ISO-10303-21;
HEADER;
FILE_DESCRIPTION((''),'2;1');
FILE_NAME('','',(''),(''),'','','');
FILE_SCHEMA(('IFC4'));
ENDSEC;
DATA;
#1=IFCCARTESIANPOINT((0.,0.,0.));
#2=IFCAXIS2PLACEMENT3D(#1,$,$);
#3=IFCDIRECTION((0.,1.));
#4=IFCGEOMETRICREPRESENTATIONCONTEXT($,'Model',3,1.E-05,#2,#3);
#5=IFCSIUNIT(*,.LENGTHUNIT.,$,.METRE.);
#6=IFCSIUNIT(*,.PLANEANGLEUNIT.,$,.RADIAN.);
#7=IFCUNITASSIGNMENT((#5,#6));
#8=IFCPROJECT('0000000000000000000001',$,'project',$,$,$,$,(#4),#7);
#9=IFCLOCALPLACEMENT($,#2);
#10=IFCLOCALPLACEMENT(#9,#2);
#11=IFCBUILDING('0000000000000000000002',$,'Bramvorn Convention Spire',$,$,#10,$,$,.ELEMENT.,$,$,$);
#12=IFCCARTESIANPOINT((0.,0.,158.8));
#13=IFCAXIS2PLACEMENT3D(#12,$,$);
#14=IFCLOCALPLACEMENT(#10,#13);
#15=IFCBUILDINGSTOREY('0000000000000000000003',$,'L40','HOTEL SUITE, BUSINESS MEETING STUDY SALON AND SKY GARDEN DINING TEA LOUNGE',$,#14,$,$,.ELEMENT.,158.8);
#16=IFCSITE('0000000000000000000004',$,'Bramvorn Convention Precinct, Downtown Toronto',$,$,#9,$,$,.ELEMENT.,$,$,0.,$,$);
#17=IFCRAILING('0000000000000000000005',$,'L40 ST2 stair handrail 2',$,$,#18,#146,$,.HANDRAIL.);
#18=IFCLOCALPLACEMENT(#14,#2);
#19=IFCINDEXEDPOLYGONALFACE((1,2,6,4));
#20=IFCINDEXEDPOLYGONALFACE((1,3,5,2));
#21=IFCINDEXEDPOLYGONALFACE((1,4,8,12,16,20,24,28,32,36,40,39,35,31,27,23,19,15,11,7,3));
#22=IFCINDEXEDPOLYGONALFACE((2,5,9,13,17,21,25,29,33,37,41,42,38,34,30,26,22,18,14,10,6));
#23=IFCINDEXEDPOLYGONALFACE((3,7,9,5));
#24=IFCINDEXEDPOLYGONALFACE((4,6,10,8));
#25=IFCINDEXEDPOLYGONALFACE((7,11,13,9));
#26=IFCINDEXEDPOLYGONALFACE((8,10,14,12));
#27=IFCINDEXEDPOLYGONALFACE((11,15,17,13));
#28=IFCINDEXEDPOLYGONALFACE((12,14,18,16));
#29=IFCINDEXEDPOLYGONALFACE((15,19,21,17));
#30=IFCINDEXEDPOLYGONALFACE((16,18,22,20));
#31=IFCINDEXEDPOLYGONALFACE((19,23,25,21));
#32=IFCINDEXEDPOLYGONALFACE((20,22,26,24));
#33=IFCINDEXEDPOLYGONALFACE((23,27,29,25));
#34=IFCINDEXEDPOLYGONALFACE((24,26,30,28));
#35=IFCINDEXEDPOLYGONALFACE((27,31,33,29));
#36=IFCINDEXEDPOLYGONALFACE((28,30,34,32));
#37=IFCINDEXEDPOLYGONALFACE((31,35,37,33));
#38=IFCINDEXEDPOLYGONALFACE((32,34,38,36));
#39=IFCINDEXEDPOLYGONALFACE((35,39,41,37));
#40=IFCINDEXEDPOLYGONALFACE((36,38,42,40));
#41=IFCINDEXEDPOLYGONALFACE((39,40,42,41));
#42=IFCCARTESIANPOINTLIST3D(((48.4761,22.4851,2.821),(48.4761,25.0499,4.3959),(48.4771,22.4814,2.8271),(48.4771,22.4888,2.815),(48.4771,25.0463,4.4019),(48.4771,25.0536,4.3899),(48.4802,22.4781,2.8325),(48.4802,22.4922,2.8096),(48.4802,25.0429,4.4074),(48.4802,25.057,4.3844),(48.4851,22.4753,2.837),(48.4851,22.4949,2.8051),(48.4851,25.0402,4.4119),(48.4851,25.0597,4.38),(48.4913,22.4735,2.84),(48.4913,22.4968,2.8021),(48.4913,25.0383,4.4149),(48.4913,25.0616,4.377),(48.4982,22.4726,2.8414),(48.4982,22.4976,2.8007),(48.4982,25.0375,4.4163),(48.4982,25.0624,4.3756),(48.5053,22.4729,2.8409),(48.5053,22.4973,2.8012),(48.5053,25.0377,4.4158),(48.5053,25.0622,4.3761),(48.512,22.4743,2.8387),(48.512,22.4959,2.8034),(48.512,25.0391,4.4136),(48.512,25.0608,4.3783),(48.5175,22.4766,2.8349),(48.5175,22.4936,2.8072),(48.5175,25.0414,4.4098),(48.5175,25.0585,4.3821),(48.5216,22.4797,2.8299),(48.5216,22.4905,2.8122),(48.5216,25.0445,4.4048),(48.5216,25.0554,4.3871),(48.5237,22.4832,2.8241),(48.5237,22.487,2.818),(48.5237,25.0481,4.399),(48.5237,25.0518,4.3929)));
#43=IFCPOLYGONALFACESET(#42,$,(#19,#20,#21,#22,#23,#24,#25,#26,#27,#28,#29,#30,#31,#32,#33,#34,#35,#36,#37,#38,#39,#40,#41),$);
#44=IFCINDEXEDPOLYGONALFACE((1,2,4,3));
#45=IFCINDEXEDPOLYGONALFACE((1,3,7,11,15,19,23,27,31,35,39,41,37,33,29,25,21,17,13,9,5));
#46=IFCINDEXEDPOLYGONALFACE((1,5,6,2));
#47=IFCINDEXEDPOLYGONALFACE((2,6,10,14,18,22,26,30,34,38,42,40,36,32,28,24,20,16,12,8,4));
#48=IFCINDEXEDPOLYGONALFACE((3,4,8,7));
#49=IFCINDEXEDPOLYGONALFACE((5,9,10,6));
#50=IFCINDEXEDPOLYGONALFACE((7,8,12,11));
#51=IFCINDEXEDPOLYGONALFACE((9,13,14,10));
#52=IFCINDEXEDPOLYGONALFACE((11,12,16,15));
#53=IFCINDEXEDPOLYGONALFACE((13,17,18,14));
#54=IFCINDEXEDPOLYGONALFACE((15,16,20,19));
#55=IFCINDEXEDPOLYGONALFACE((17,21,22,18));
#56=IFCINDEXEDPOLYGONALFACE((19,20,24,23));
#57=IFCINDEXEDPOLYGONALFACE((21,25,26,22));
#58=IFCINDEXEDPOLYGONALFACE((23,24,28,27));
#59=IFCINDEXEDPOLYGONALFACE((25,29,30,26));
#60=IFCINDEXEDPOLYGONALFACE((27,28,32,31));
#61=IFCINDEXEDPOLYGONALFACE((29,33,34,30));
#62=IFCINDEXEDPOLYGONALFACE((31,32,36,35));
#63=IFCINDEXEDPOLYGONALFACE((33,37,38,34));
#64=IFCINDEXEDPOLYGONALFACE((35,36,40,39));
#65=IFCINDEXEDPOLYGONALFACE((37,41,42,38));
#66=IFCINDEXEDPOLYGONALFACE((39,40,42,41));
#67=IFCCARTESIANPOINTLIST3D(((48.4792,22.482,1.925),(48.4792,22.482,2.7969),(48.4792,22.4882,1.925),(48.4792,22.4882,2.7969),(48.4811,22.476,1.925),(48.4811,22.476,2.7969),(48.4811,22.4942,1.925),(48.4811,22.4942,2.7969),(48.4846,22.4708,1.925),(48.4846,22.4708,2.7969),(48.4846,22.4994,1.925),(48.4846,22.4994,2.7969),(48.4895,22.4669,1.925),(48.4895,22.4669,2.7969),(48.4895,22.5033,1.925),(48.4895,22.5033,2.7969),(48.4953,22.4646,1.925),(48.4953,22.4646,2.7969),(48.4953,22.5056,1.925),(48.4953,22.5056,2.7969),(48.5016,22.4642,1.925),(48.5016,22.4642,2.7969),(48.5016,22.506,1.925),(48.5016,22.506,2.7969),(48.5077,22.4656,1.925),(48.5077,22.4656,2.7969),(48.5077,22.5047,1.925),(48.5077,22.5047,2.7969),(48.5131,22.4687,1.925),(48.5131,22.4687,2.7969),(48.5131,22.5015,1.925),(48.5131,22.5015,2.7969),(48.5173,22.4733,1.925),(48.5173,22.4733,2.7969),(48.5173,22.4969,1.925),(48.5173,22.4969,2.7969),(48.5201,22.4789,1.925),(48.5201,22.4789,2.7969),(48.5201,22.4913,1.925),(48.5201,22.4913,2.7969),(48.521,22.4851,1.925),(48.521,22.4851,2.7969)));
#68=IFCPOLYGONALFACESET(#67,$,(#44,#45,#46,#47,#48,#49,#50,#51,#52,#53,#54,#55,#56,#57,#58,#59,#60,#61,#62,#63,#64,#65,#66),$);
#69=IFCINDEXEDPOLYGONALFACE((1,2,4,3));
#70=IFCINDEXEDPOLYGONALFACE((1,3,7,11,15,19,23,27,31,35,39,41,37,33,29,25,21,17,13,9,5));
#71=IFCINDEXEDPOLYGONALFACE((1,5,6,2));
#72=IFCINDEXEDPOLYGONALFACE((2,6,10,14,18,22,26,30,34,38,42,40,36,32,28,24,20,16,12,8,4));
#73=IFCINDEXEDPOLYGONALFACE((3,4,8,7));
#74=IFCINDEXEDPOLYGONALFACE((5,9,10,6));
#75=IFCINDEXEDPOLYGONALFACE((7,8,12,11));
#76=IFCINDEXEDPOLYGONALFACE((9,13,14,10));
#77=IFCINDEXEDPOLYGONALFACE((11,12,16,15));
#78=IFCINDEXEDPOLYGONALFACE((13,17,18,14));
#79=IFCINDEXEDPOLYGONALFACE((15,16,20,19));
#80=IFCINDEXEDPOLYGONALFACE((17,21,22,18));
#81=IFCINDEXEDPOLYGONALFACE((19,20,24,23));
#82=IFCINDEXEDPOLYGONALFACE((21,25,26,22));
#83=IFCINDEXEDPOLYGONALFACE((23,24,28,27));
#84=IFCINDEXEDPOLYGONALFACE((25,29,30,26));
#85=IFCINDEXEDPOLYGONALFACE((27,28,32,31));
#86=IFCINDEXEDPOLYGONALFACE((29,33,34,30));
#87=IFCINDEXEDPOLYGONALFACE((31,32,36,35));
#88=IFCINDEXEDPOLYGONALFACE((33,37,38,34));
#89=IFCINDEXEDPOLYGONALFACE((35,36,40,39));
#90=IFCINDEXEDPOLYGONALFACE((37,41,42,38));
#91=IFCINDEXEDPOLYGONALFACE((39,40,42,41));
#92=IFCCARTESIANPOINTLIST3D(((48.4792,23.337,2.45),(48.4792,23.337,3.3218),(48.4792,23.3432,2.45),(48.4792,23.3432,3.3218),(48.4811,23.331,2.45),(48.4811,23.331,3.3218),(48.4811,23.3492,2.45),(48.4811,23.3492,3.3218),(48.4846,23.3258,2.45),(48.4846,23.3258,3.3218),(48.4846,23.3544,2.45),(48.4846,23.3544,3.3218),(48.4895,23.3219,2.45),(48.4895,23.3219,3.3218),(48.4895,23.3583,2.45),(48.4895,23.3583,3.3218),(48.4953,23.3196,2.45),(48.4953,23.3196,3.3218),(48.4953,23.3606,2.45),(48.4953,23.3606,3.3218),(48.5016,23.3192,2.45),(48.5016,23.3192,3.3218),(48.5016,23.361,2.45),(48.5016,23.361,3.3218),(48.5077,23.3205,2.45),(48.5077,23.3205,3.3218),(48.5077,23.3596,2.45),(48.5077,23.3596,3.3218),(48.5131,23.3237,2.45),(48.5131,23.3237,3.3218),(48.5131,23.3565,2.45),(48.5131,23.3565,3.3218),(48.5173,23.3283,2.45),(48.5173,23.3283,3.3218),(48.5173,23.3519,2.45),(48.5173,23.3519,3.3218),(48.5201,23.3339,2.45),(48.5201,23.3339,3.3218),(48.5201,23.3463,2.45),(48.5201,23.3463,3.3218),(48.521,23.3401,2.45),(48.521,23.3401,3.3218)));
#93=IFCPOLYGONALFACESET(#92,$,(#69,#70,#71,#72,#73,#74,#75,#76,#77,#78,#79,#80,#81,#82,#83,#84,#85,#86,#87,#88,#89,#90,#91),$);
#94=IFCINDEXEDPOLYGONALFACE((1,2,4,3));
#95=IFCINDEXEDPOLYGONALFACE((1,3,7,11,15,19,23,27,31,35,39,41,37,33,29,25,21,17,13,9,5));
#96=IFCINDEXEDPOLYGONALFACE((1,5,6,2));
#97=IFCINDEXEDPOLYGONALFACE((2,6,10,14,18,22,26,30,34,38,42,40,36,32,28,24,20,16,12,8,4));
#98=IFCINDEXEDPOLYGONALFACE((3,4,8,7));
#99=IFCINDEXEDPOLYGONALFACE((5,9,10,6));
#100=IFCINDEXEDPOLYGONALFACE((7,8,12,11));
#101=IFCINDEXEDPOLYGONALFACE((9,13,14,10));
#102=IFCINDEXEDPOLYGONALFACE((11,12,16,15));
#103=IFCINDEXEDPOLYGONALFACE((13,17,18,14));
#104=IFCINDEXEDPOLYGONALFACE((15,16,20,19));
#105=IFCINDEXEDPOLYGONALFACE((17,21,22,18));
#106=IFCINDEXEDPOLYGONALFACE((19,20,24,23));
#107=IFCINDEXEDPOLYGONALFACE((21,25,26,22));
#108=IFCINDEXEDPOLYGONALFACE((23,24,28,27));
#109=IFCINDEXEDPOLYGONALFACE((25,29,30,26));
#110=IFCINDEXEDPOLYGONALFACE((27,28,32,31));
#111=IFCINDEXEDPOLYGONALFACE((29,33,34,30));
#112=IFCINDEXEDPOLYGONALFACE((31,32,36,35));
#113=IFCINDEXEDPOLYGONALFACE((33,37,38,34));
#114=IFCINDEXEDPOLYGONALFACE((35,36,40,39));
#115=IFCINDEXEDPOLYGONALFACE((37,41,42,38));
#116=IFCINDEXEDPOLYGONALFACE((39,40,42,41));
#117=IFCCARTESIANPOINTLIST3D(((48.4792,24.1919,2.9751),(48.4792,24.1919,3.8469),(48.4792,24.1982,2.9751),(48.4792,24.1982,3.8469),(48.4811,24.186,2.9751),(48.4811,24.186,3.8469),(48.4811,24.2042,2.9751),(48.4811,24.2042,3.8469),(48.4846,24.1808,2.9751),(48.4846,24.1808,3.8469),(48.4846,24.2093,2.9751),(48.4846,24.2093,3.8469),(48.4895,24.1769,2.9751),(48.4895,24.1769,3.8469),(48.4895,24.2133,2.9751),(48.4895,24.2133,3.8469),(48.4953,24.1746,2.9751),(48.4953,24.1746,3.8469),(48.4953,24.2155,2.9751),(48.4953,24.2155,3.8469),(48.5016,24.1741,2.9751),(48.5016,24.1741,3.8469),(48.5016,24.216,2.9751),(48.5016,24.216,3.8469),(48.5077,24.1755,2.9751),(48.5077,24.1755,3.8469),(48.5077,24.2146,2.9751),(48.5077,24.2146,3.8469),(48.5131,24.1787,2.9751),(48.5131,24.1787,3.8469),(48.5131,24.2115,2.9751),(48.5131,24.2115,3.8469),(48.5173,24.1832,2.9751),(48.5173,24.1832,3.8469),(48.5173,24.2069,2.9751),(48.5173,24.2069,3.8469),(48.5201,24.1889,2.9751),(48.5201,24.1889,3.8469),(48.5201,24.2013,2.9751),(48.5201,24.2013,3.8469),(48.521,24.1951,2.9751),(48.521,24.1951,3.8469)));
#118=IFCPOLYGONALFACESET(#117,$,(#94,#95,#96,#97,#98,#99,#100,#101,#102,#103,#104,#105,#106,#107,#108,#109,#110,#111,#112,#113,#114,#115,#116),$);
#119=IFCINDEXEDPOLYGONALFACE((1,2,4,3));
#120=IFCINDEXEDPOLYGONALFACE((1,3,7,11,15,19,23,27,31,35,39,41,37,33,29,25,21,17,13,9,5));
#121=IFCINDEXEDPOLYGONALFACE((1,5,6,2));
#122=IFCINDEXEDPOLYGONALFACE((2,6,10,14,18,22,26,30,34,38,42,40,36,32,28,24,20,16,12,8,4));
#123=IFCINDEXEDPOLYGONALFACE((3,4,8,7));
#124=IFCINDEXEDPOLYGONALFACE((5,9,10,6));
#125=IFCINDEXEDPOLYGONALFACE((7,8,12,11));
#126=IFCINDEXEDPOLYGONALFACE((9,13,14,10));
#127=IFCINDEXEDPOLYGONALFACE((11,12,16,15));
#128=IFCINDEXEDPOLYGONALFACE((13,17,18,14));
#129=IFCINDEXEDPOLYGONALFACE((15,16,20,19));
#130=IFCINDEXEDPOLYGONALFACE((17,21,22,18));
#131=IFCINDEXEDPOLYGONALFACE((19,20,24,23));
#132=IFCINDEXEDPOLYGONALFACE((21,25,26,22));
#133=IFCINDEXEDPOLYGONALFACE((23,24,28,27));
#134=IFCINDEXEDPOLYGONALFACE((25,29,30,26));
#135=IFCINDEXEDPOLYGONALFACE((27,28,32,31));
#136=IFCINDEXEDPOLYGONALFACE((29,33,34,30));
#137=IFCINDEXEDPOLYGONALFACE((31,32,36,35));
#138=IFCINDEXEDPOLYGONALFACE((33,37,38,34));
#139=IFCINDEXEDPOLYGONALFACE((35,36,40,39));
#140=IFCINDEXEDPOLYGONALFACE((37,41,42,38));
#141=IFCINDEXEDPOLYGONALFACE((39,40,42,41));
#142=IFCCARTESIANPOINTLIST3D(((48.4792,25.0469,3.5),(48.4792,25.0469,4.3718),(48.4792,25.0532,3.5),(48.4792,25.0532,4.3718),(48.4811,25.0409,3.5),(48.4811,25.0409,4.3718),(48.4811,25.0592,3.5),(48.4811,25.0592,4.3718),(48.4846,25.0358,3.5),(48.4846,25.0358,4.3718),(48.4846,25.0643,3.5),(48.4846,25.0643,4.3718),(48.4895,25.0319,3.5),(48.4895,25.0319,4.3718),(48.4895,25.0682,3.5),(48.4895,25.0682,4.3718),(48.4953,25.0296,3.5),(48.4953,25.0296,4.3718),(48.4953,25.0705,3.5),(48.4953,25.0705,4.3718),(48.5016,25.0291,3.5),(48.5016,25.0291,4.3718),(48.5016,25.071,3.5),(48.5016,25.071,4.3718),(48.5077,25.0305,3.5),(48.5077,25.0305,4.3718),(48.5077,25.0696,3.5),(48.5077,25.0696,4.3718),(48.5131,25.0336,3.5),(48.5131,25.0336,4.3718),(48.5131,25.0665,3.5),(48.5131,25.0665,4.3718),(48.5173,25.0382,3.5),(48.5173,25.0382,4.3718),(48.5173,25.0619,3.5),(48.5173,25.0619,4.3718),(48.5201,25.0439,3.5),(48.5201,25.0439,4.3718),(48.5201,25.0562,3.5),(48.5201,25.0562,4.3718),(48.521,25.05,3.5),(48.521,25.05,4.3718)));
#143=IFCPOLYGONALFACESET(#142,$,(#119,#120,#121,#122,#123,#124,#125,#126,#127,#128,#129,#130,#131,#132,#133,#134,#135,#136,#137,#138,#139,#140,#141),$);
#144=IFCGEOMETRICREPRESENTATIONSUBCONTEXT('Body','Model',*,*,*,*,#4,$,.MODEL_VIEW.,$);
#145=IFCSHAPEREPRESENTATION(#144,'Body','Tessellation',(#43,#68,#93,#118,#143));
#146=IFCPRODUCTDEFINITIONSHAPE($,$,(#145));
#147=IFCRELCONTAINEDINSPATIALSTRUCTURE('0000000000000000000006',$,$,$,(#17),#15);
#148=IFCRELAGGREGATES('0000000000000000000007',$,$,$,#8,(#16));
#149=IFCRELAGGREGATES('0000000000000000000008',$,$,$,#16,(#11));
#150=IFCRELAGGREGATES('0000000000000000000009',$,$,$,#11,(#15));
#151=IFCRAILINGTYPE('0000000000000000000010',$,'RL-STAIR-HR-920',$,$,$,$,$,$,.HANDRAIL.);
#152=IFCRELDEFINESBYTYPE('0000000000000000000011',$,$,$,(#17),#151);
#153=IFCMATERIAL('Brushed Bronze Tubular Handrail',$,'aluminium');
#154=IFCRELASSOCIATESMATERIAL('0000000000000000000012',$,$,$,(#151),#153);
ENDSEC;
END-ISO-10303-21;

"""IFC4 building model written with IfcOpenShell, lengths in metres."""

from ifc_helpers import new_model, si_unit, direction, frame, origin, origin_2d, place, context, subcontext, project, spatial, circle, extrude, material, type_object, element, save


model = new_model("IFC4")

# Units and contexts
model_context = context("Model", 3, precision=1e-05, world=origin(), true_north=direction((0.0, 1.0)))
body_context = subcontext(model_context, "Body", "Model", "MODEL_VIEW")
ifc_project = project(units=[si_unit("LENGTHUNIT", "METRE"), si_unit("PLANEANGLEUNIT", "RADIAN")], contexts=[model_context])

# Site, building, storey
site_placement = place(None, origin())
site = spatial("IfcSite", under=ifc_project, at=site_placement, Name="Bramvorn Convention Precinct, Downtown Toronto", CompositionType="ELEMENT", RefElevation=0.0)
building_placement = place(site_placement, origin())
building = spatial("IfcBuilding", under=site, at=building_placement, Name="Bramvorn Convention Spire", CompositionType="ELEMENT")
storey_placement = place(building_placement, frame((0.0, 0.0, 158.8)))
storey = spatial("IfcBuildingStorey", under=building, at=storey_placement, Name="L40", Description="HOTEL SUITE, BUSINESS MEETING STUDY SALON AND SKY GARDEN DINING TEA LOUNGE", CompositionType="ELEMENT", Elevation=158.8)

# Railing
ifc_material_1 = material(Name="Brushed Bronze Tubular Handrail", Category="aluminium")
railing_type_1 = type_object("IfcRailingType", Name="RL-STAIR-HR-920", PredefinedType="HANDRAIL", material=ifc_material_1)
railing_1_placement = place(storey_placement, frame((48.5, 22.4851, 1.925)))
element("IfcRailing", 1, at=railing_1_placement, inside=storey, type_object=railing_type_1, Name="L40 ST2 stair handrail 2", PredefinedType="HANDRAIL", context=body_context, shape_type="SweptSolid", body=[
    extrude(circle(Radius=0.0239, at=origin_2d()), frame((0.0, 0.0, 0.896), z_axis=(0.0, 0.852173, 0.52326), x_axis=(-1.0, 0.0, 0.0)), (0.0, 0.0, 1.0), 3.0098),
    extrude(circle(Radius=0.021, at=origin_2d()), origin(), (0.0, 0.0, 1.0), 0.8718),
    extrude(circle(Radius=0.021, at=origin_2d()), frame((0.0, 0.855, 0.5249)), (0.0, 0.0, 1.0), 0.8718),
    extrude(circle(Radius=0.021, at=origin_2d()), frame((0.0, 1.71, 1.05)), (0.0, 0.0, 1.0), 0.8718),
    extrude(circle(Radius=0.021, at=origin_2d()), frame((0.0, 2.5649, 1.575)), (0.0, 0.0, 1.0), 0.8718),
])

save(model, "model.ifc")
